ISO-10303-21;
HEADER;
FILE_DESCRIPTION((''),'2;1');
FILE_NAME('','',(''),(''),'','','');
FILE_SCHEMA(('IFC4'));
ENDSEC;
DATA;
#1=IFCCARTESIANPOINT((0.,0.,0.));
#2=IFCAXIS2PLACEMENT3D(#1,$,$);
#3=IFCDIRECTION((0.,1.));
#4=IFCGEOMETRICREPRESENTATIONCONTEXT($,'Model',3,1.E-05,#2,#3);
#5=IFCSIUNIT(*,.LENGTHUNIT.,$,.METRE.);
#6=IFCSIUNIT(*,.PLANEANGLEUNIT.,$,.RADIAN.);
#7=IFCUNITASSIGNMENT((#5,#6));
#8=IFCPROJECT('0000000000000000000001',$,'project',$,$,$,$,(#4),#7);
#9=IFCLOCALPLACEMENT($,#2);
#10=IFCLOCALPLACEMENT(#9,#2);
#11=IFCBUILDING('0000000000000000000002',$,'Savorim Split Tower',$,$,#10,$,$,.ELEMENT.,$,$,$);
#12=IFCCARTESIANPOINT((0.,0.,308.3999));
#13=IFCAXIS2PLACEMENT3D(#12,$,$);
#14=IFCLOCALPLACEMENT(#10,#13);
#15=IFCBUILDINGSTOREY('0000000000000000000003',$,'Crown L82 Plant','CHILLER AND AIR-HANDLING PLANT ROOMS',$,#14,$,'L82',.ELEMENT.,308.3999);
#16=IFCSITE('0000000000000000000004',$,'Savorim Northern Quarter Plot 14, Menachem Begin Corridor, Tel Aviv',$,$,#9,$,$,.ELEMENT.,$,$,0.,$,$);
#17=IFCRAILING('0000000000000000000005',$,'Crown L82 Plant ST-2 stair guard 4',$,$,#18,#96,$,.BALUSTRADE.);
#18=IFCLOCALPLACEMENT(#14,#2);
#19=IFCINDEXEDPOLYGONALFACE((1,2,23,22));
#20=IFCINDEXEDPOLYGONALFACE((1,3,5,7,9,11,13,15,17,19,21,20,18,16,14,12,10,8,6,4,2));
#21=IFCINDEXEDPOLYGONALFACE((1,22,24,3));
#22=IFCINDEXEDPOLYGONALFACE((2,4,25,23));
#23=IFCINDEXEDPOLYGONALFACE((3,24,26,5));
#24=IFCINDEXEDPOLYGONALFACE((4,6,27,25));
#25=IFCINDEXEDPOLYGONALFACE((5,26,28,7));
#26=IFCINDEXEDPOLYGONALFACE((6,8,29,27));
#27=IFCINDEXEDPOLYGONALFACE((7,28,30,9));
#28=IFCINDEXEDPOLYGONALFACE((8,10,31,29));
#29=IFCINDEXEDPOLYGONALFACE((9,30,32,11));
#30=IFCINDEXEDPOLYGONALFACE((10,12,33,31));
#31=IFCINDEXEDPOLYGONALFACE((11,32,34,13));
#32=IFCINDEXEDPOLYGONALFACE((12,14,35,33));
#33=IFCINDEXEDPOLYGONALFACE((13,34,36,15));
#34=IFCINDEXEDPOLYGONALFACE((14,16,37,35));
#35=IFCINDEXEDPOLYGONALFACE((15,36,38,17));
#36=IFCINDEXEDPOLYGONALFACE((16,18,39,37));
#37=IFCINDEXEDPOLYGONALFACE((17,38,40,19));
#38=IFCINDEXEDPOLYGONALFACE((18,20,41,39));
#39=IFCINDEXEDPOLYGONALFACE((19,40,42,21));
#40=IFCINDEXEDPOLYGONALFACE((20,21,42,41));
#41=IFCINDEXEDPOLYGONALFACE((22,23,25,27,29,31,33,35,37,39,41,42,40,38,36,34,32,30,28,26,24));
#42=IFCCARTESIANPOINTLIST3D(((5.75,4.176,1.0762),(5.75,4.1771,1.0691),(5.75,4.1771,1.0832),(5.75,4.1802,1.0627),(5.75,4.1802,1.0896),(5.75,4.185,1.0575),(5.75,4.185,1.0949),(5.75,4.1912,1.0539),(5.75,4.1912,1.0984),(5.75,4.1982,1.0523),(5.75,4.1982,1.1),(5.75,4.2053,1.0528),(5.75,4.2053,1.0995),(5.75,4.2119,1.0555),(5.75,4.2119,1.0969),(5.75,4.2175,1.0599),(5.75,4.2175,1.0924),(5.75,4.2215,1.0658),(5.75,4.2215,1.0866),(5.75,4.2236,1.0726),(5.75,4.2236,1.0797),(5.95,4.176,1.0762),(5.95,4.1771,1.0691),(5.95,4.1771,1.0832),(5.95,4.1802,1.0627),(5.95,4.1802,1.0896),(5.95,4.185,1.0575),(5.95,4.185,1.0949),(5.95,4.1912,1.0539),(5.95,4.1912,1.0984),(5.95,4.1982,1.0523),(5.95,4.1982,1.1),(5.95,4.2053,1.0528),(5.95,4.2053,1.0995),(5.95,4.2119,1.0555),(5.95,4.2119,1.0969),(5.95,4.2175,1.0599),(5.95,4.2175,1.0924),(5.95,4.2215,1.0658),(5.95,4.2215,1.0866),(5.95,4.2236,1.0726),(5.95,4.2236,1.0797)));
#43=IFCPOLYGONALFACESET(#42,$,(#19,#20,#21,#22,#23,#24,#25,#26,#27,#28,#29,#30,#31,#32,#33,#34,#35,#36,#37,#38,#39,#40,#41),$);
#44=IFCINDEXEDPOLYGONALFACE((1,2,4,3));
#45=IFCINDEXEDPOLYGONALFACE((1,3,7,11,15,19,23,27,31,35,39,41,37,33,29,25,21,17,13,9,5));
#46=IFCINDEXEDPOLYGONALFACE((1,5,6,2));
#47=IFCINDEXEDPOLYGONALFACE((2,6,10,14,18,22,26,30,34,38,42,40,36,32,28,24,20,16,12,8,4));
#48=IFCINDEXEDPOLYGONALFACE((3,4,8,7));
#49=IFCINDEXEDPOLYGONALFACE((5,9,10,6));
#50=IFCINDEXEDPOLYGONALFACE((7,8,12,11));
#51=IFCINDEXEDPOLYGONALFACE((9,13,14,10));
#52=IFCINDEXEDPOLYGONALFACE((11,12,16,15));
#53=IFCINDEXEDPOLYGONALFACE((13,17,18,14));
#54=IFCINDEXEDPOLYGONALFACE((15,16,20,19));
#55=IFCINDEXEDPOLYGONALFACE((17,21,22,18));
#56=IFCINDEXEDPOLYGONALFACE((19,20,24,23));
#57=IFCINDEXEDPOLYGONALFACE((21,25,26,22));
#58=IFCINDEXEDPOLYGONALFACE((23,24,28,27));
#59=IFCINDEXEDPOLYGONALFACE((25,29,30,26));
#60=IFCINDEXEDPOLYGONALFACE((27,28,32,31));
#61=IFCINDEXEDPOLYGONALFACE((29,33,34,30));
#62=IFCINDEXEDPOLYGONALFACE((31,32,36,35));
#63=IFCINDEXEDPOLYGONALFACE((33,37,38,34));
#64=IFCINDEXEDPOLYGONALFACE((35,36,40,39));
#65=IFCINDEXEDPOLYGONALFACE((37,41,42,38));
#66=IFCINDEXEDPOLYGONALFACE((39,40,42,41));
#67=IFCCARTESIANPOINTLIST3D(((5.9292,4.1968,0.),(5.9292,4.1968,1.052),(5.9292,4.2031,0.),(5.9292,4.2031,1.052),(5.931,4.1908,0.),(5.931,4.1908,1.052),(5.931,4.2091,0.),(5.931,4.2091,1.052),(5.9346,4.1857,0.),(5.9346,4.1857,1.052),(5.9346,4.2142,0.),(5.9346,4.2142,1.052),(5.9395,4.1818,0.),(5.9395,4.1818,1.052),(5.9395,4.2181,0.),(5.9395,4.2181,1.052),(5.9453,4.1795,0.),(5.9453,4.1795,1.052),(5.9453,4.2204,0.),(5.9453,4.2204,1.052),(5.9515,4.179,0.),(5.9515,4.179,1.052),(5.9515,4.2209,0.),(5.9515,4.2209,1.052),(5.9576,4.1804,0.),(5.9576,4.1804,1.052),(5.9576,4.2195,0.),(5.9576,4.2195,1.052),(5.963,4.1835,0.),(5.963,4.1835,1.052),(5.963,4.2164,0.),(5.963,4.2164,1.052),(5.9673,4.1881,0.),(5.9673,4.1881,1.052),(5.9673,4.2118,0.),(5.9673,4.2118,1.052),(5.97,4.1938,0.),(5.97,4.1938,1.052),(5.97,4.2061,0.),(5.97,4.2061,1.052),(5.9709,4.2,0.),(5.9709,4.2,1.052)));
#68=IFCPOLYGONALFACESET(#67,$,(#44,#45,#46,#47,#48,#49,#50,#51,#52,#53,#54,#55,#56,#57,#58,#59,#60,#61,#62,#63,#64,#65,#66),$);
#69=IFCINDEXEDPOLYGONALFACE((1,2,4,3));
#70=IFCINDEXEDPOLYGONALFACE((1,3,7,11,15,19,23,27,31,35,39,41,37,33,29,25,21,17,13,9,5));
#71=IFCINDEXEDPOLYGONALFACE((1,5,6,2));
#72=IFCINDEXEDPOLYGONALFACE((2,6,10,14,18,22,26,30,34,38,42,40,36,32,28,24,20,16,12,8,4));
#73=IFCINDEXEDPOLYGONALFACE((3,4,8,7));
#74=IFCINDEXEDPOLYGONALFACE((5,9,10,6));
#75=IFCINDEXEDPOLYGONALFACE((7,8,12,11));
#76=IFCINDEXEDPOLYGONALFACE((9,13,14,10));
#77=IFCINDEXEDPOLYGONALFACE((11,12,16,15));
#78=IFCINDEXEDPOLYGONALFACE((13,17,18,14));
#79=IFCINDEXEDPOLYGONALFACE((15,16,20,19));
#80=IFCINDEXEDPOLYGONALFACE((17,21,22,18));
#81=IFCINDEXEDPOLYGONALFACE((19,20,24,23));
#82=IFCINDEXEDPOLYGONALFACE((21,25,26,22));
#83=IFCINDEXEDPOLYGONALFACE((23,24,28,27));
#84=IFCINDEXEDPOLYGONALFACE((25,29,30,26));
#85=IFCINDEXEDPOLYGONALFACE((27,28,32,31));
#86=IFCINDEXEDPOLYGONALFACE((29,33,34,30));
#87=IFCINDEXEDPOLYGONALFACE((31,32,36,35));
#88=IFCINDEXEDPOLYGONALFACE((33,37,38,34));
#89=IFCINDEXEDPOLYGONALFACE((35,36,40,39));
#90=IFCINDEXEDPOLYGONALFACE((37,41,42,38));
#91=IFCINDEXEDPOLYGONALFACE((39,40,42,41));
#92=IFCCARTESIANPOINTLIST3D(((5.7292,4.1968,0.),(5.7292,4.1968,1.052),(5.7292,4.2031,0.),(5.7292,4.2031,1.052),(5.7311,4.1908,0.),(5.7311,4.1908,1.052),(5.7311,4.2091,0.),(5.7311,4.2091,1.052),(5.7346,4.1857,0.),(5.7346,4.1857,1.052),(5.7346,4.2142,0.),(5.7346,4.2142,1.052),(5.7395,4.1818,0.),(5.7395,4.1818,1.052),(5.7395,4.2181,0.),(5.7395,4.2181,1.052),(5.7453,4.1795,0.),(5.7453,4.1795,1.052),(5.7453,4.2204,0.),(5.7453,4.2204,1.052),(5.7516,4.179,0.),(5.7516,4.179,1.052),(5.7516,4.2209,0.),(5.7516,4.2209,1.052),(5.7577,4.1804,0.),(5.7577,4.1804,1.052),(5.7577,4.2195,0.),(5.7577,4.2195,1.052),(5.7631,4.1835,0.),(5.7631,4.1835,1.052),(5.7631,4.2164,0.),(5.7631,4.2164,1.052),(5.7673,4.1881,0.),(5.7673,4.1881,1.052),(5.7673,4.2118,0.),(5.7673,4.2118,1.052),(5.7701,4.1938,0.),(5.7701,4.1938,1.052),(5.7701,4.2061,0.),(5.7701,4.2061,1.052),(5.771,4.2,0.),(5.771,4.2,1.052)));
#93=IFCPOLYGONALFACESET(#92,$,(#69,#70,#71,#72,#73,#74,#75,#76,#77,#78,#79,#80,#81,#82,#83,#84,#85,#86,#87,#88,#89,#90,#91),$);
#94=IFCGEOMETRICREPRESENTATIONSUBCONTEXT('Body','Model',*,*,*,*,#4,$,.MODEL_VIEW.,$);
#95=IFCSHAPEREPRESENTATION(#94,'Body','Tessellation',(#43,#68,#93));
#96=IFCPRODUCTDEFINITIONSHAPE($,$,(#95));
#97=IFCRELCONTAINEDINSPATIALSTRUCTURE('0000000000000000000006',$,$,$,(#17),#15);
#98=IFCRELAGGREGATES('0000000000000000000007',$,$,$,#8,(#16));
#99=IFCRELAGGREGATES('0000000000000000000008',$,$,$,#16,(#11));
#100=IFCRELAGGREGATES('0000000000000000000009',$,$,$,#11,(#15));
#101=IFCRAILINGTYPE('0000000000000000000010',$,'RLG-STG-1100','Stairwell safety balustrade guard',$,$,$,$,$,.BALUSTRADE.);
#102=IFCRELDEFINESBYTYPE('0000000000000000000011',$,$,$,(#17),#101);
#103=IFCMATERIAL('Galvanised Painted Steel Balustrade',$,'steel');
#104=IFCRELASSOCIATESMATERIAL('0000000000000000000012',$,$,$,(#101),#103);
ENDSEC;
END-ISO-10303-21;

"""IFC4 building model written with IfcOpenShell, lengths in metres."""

from ifc_helpers import new_model, si_unit, direction, frame, origin, origin_2d, place, context, subcontext, project, spatial, circle, extrude, material, type_object, element, save


model = new_model("IFC4")

# Units and contexts
model_context = context("Model", 3, precision=1e-05, world=origin(), true_north=direction((0.0, 1.0)))
body_context = subcontext(model_context, "Body", "Model", "MODEL_VIEW")
ifc_project = project(units=[si_unit("LENGTHUNIT", "METRE"), si_unit("PLANEANGLEUNIT", "RADIAN")], contexts=[model_context])

# Site, building, storey
site_placement = place(None, origin())
site = spatial("IfcSite", under=ifc_project, at=site_placement, Name="Savorim Northern Quarter Plot 14, Menachem Begin Corridor, Tel Aviv", CompositionType="ELEMENT", RefElevation=0.0)
building_placement = place(site_placement, origin())
building = spatial("IfcBuilding", under=site, at=building_placement, Name="Savorim Split Tower", CompositionType="ELEMENT")
storey_placement = place(building_placement, frame((0.0, 0.0, 308.3999)))
storey = spatial("IfcBuildingStorey", under=building, at=storey_placement, Name="Crown L82 Plant", Description="CHILLER AND AIR-HANDLING PLANT ROOMS", LongName="L82", CompositionType="ELEMENT", Elevation=308.3999)

# Railing
ifc_material_1 = material(Name="Galvanised Painted Steel Balustrade", Category="steel")
railing_type_1 = type_object("IfcRailingType", Name="RLG-STG-1100", Description="Stairwell safety balustrade guard", PredefinedType="BALUSTRADE", material=ifc_material_1)
railing_1_placement = place(storey_placement, frame((5.95, 4.2, 0.0)))
element("IfcRailing", 1, at=railing_1_placement, inside=storey, type_object=railing_type_1, Name="Crown L82 Plant ST-2 stair guard 4", PredefinedType="BALUSTRADE", context=body_context, shape_type="SweptSolid", body=[
    extrude(circle(Radius=0.0239, at=origin_2d()), frame((0.0, 0.0, 1.0762), z_axis=(-1.0, 0.0, 0.0), x_axis=(0.0, -1.0, 0.0)), (0.0, 0.0, 1.0), 0.2),
    extrude(circle(Radius=0.021, at=origin_2d()), origin(), (0.0, 0.0, 1.0), 1.052),
    extrude(circle(Radius=0.021, at=origin_2d()), frame((-0.2, 0.0, 0.0)), (0.0, 0.0, 1.0), 1.052),
])

save(model, "model.ifc")
